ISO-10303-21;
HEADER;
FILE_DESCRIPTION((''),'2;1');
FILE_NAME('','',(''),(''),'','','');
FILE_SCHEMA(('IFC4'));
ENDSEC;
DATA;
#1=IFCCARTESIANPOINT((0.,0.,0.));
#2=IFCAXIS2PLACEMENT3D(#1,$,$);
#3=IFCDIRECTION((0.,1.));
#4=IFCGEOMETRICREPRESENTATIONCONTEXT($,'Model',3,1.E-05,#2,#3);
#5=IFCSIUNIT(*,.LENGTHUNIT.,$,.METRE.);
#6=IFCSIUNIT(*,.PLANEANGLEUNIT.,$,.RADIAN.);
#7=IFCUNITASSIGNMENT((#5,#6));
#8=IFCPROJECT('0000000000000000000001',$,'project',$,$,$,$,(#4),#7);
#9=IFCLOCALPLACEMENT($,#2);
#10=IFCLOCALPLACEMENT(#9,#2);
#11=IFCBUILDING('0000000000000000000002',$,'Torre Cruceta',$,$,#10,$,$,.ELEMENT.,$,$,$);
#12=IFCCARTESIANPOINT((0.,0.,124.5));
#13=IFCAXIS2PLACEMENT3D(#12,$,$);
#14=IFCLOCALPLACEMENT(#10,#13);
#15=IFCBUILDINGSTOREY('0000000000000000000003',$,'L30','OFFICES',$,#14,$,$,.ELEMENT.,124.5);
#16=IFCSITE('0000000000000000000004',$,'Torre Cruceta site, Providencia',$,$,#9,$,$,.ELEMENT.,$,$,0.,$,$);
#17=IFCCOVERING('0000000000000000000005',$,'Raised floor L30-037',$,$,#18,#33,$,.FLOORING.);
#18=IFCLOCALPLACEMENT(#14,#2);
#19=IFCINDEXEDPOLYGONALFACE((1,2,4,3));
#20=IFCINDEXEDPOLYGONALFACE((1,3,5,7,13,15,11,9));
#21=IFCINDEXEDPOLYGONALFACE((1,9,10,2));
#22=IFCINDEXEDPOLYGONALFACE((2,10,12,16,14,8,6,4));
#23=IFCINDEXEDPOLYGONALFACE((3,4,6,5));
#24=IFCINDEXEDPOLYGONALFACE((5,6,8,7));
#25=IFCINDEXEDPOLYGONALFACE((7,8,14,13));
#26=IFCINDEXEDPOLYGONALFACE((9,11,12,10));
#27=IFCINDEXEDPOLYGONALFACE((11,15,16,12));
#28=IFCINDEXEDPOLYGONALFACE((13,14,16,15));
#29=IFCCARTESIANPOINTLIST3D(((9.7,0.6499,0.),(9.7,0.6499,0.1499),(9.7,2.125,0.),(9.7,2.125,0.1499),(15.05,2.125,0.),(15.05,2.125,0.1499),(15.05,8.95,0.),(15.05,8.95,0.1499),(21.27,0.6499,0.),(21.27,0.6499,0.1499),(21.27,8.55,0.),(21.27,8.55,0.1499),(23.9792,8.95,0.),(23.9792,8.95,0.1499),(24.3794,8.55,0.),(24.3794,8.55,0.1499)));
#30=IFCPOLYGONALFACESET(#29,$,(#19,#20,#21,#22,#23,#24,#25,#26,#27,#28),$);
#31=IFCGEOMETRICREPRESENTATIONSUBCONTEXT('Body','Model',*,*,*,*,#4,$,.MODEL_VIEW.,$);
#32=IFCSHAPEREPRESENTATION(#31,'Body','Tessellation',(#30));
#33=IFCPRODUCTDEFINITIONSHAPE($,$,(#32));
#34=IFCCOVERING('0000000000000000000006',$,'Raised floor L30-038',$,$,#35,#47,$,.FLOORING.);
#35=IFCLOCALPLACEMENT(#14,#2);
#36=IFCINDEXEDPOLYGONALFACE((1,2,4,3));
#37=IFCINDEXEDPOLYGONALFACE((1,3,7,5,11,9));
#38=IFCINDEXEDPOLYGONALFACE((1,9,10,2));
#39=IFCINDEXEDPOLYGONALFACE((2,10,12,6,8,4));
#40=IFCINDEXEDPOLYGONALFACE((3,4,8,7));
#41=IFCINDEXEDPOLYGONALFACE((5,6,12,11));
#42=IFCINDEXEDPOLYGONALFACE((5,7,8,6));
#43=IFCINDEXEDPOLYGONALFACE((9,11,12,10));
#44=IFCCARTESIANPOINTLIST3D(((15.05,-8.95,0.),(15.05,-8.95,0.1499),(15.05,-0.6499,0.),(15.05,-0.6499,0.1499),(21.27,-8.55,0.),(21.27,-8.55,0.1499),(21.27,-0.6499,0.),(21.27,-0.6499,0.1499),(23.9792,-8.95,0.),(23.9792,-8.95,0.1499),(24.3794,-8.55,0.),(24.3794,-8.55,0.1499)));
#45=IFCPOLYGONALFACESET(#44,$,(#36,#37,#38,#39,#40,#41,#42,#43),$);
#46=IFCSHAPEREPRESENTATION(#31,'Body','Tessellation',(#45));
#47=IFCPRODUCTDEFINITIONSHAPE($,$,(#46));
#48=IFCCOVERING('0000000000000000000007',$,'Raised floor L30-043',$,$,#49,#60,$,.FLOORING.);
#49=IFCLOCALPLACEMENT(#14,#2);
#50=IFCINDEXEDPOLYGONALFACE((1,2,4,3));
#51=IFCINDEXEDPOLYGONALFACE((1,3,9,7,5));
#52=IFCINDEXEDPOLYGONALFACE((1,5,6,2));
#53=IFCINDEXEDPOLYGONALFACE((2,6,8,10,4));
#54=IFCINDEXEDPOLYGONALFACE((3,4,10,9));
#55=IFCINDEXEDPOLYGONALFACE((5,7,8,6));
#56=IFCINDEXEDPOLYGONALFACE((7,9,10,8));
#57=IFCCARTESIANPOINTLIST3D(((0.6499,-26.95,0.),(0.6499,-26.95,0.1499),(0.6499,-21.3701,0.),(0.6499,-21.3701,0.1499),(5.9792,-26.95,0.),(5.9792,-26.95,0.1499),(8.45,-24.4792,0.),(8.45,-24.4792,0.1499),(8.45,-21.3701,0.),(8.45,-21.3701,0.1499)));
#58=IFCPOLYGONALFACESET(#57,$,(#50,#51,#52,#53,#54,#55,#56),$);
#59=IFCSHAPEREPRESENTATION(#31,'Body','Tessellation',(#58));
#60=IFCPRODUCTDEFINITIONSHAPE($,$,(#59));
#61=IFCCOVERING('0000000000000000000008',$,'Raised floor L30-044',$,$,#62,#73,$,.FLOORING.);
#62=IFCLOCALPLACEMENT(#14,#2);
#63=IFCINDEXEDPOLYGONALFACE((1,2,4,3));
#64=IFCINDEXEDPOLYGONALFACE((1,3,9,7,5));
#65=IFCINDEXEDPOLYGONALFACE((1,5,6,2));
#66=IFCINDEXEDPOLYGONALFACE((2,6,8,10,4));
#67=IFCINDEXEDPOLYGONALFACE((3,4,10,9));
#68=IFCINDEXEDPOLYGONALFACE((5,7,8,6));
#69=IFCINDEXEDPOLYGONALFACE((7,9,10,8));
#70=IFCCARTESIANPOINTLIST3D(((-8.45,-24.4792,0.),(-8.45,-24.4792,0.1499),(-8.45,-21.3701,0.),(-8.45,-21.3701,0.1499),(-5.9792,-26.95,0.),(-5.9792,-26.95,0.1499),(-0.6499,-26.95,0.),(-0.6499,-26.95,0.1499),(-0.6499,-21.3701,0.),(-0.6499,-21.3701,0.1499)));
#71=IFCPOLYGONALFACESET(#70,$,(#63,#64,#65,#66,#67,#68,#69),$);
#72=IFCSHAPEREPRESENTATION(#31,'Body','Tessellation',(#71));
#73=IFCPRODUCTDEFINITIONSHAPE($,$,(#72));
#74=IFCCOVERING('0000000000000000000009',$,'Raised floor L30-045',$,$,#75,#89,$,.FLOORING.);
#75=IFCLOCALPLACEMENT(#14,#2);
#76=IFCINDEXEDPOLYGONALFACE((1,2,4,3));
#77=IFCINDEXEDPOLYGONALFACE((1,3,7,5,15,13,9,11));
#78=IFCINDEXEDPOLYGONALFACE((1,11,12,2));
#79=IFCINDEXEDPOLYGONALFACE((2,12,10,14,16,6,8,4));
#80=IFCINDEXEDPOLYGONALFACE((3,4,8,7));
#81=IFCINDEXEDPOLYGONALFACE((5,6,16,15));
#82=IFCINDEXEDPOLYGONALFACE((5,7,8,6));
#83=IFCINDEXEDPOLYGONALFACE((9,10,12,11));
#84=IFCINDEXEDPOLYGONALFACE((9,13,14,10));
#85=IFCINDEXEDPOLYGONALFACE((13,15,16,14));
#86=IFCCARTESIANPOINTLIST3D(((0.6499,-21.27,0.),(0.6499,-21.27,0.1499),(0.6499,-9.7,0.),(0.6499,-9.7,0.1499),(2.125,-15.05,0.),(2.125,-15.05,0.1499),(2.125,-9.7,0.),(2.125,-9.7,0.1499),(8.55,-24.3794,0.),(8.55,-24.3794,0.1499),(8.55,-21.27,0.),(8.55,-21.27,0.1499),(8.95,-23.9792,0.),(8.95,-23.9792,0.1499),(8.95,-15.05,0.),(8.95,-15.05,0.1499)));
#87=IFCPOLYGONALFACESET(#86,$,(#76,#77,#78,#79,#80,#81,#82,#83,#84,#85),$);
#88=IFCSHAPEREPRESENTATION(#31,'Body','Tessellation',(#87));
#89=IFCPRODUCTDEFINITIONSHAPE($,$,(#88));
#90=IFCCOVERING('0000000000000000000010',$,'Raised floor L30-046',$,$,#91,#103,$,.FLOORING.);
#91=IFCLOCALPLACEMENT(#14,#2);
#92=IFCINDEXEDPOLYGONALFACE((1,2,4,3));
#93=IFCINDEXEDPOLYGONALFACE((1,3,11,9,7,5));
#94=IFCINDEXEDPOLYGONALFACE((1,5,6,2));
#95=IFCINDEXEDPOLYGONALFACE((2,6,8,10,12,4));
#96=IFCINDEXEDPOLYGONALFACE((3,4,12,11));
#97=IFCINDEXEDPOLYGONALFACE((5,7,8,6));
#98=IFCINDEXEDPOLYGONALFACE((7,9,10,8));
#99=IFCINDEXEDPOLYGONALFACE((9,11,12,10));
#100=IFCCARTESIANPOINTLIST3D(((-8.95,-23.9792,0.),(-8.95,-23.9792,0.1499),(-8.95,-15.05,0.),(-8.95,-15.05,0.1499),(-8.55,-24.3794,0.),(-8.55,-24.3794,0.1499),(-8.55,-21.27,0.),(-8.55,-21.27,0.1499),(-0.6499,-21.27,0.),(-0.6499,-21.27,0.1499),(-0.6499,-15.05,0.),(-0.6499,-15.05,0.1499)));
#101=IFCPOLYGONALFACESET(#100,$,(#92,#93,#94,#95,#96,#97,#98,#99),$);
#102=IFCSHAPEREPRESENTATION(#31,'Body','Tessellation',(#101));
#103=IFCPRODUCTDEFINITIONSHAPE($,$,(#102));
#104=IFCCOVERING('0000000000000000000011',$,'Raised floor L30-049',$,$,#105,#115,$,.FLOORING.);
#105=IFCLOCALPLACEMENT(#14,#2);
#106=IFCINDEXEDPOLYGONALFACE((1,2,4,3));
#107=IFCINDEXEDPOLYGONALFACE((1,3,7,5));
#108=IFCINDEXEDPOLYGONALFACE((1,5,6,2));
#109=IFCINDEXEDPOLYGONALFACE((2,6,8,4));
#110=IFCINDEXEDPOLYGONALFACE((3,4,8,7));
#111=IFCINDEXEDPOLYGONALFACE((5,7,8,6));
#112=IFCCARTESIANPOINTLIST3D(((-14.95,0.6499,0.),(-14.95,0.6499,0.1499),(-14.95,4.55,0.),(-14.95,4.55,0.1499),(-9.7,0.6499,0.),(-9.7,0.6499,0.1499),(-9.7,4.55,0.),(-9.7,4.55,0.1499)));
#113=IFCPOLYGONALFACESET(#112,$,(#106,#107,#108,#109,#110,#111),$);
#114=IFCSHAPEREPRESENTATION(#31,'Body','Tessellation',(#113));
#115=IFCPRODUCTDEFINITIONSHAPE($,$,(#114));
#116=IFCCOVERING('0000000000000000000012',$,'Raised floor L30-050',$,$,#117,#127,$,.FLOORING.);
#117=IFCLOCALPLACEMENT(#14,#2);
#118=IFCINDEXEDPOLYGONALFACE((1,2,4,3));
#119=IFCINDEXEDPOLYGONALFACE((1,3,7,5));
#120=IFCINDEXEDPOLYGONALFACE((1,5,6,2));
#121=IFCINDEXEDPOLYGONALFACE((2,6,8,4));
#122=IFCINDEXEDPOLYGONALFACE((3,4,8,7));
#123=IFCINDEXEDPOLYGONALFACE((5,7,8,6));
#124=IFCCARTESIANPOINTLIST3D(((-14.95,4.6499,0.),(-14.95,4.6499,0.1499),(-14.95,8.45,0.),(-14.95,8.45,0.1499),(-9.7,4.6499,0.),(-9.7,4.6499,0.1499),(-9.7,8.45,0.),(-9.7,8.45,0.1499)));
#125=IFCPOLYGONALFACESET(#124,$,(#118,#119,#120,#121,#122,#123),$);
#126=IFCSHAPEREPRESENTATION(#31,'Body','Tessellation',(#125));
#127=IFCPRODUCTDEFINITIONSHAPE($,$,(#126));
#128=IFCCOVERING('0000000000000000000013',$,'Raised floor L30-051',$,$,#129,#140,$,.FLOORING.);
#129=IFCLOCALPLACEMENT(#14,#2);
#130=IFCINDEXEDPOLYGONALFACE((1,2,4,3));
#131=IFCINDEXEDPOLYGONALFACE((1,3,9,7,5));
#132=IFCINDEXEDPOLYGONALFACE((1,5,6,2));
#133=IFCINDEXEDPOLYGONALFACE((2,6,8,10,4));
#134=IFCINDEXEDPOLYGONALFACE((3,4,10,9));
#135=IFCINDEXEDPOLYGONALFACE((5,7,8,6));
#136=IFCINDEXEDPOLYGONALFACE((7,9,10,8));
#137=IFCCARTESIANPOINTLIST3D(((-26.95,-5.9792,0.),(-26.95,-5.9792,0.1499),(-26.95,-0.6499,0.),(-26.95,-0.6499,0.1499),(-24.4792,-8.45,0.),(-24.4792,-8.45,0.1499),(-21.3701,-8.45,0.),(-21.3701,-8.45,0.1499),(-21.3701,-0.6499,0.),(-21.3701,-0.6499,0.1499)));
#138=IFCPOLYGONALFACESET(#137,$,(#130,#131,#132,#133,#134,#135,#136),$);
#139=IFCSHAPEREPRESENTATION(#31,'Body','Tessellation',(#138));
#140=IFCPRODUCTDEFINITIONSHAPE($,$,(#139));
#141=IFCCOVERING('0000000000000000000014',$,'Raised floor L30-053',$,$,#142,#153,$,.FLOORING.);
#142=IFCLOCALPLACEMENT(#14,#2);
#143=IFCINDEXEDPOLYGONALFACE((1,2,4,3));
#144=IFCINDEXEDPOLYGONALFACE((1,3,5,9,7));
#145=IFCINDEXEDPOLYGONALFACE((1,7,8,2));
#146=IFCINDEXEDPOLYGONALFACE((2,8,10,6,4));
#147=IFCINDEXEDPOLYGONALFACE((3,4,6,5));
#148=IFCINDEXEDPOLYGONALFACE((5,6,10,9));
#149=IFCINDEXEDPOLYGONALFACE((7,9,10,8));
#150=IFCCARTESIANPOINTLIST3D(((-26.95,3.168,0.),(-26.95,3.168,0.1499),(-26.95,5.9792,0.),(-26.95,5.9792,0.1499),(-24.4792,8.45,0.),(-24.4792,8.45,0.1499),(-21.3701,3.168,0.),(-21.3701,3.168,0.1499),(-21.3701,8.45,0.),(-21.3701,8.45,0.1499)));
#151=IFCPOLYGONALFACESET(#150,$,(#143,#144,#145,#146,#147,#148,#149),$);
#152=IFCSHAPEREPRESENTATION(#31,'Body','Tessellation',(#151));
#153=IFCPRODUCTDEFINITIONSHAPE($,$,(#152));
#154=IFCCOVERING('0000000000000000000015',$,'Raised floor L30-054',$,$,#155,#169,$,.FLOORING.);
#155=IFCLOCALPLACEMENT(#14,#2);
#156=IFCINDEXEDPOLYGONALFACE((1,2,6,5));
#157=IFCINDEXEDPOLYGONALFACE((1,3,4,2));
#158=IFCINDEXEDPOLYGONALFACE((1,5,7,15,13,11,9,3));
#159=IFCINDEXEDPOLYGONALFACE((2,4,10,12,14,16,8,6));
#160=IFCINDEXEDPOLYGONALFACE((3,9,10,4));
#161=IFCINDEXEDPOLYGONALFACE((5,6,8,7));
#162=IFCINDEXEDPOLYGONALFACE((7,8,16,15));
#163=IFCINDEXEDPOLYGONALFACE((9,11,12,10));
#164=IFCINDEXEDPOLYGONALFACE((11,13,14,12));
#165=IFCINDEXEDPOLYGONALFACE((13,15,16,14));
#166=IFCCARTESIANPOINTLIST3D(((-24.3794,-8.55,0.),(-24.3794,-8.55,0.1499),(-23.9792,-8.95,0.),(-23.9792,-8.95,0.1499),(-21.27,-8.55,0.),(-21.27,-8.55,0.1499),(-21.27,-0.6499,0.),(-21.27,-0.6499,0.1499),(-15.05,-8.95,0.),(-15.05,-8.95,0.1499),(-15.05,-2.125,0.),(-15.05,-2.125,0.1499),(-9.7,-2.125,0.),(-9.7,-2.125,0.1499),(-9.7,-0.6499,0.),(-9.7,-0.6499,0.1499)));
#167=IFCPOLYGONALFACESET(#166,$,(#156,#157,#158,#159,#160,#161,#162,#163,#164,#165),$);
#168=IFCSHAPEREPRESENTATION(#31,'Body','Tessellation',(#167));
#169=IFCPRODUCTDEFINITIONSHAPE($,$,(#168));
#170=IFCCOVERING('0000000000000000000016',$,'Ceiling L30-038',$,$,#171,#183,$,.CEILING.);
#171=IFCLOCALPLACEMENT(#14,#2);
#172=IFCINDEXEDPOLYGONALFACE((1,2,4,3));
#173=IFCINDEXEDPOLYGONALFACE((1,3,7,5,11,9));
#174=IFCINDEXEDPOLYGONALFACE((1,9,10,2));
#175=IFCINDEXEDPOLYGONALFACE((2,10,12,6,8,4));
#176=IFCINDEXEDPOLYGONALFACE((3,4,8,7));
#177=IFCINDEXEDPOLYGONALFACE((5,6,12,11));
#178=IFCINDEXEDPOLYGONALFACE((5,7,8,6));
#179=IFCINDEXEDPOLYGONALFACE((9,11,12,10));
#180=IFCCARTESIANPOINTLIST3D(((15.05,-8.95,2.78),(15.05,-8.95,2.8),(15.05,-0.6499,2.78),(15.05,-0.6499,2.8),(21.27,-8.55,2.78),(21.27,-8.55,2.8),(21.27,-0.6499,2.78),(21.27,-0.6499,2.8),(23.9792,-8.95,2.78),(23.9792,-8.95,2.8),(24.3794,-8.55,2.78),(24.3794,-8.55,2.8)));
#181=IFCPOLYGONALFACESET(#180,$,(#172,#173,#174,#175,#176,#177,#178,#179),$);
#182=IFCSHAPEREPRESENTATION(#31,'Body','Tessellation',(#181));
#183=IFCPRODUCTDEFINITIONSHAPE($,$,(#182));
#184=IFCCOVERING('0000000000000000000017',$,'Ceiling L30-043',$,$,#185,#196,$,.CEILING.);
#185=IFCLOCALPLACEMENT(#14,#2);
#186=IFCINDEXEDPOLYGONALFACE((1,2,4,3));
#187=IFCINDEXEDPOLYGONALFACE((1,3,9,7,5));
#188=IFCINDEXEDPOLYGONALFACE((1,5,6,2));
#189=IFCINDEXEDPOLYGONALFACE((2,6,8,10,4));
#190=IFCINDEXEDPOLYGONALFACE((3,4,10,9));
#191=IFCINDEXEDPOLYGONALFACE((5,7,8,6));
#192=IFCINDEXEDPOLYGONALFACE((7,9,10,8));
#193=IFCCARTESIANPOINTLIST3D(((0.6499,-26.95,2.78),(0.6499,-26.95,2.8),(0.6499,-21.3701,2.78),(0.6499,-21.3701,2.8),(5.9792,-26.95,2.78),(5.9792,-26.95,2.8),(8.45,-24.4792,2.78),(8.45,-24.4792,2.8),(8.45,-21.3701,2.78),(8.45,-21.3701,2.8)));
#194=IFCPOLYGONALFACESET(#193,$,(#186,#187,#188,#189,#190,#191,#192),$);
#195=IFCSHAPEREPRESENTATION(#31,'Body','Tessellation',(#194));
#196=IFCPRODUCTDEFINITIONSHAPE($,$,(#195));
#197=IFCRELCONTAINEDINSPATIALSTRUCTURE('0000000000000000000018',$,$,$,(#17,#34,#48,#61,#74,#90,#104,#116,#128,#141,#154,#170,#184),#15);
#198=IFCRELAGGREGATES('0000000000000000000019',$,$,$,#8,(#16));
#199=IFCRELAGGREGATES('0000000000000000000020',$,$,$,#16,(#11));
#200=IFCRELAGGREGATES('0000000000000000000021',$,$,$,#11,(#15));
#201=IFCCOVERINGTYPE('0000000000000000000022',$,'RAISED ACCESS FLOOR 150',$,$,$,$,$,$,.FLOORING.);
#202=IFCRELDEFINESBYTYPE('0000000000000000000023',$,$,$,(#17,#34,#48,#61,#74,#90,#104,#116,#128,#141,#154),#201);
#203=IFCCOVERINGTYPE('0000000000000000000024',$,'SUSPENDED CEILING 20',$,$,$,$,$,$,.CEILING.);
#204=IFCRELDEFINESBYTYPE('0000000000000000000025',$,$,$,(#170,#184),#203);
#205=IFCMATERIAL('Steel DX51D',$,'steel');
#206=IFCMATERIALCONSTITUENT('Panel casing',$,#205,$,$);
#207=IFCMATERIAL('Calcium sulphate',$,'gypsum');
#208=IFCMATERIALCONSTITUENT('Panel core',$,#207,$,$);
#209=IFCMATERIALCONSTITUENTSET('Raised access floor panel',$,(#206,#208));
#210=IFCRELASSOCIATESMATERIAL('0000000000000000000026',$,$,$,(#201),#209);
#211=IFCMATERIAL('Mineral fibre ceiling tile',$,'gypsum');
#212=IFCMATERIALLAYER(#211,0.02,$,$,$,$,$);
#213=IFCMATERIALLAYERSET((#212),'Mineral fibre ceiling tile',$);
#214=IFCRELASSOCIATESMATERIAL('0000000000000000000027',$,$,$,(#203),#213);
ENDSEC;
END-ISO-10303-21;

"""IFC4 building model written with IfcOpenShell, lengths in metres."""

from ifc_helpers import new_model, si_unit, direction, frame, origin, place, context, subcontext, project, spatial, polyline, outline, extrude, material, layer, layer_set, constituent, constituent_set, type_object, element, save


model = new_model("IFC4")

# Units and contexts
model_context = context("Model", 3, precision=1e-05, world=origin(), true_north=direction((0.0, 1.0)))
body_context = subcontext(model_context, "Body", "Model", "MODEL_VIEW")
ifc_project = project(units=[si_unit("LENGTHUNIT", "METRE"), si_unit("PLANEANGLEUNIT", "RADIAN")], contexts=[model_context])

# Site, building, storey
site_placement = place(None, origin())
site = spatial("IfcSite", under=ifc_project, at=site_placement, Name="Torre Cruceta site, Providencia", CompositionType="ELEMENT", RefElevation=0.0)
building_placement = place(site_placement, origin())
building = spatial("IfcBuilding", under=site, at=building_placement, Name="Torre Cruceta", CompositionType="ELEMENT")
storey_placement = place(building_placement, frame((0.0, 0.0, 124.5)))
storey = spatial("IfcBuildingStorey", under=building, at=storey_placement, Name="L30", Description="OFFICES", CompositionType="ELEMENT", Elevation=124.5)

# Coverings
ifc_material_1 = material(Name="Steel DX51D", Category="steel")
ifc_constituent_1 = constituent(ifc_material_1, Name="Panel casing")
ifc_material_2 = material(Name="Calcium sulphate", Category="gypsum")
ifc_constituent_2 = constituent(ifc_material_2, Name="Panel core")
ifc_constituent_set = constituent_set(constituents=[ifc_constituent_1, ifc_constituent_2], Name="Raised access floor panel")
covering_type_1 = type_object("IfcCoveringType", Name="RAISED ACCESS FLOOR 150", PredefinedType="FLOORING", material=ifc_constituent_set)
covering_1_placement = place(storey_placement, origin())
element("IfcCovering", 1, at=covering_1_placement, inside=storey, type_object=covering_type_1, Name="Raised floor L30-037", PredefinedType="FLOORING", context=body_context, shape_type="SweptSolid", body=[
    extrude(outline(polyline([(9.7, 2.125), (15.05, 2.125), (15.05, 8.95), (23.9792, 8.95), (24.3794, 8.55), (21.27, 8.55), (21.27, 0.6499), (9.7, 0.6499), (9.7, 2.125)])), origin(), (0.0, 0.0, 1.0), 0.1499),
])
covering_2_placement = place(storey_placement, origin())
element("IfcCovering", 2, at=covering_2_placement, inside=storey, type_object=covering_type_1, Name="Raised floor L30-038", PredefinedType="FLOORING", context=body_context, shape_type="SweptSolid", body=[
    extrude(outline(polyline([(15.05, -8.95), (15.05, -0.6499), (21.27, -0.6499), (21.27, -8.55), (24.3794, -8.55), (23.9792, -8.95), (15.05, -8.95)])), origin(), (0.0, 0.0, 1.0), 0.1499),
])
covering_3_placement = place(storey_placement, origin())
element("IfcCovering", 3, at=covering_3_placement, inside=storey, type_object=covering_type_1, Name="Raised floor L30-043", PredefinedType="FLOORING", context=body_context, shape_type="SweptSolid", body=[
    extrude(outline(polyline([(0.6499, -26.95), (0.6499, -21.3701), (8.45, -21.3701), (8.45, -24.4792), (5.9792, -26.95), (0.6499, -26.95)])), origin(), (0.0, 0.0, 1.0), 0.1499),
])
covering_4_placement = place(storey_placement, origin())
element("IfcCovering", 4, at=covering_4_placement, inside=storey, type_object=covering_type_1, Name="Raised floor L30-044", PredefinedType="FLOORING", context=body_context, shape_type="SweptSolid", body=[
    extrude(outline(polyline([(-8.45, -24.4792), (-8.45, -21.3701), (-0.6499, -21.3701), (-0.6499, -26.95), (-5.9792, -26.95), (-8.45, -24.4792)])), origin(), (0.0, 0.0, 1.0), 0.1499),
])
covering_5_placement = place(storey_placement, origin())
element("IfcCovering", 5, at=covering_5_placement, inside=storey, type_object=covering_type_1, Name="Raised floor L30-045", PredefinedType="FLOORING", context=body_context, shape_type="SweptSolid", body=[
    extrude(outline(polyline([(2.125, -9.7), (2.125, -15.05), (8.95, -15.05), (8.95, -23.9792), (8.55, -24.3794), (8.55, -21.27), (0.6499, -21.27), (0.6499, -9.7), (2.125, -9.7)])), origin(), (0.0, 0.0, 1.0), 0.1499),
])
covering_6_placement = place(storey_placement, origin())
element("IfcCovering", 6, at=covering_6_placement, inside=storey, type_object=covering_type_1, Name="Raised floor L30-046", PredefinedType="FLOORING", context=body_context, shape_type="SweptSolid", body=[
    extrude(outline(polyline([(-8.95, -15.05), (-0.6499, -15.05), (-0.6499, -21.27), (-8.55, -21.27), (-8.55, -24.3794), (-8.95, -23.9792), (-8.95, -15.05)])), origin(), (0.0, 0.0, 1.0), 0.1499),
])
covering_7_placement = place(storey_placement, origin())
element("IfcCovering", 7, at=covering_7_placement, inside=storey, type_object=covering_type_1, Name="Raised floor L30-049", PredefinedType="FLOORING", context=body_context, shape_type="SweptSolid", body=[
    extrude(outline(polyline([(-9.7, 4.55), (-9.7, 0.6499), (-14.95, 0.6499), (-14.95, 4.55), (-9.7, 4.55)])), origin(), (0.0, 0.0, 1.0), 0.1499),
])
covering_8_placement = place(storey_placement, origin())
element("IfcCovering", 8, at=covering_8_placement, inside=storey, type_object=covering_type_1, Name="Raised floor L30-050", PredefinedType="FLOORING", context=body_context, shape_type="SweptSolid", body=[
    extrude(outline(polyline([(-9.7, 8.45), (-9.7, 4.6499), (-14.95, 4.6499), (-14.95, 8.45), (-9.7, 8.45)])), origin(), (0.0, 0.0, 1.0), 0.1499),
])
covering_9_placement = place(storey_placement, origin())
element("IfcCovering", 9, at=covering_9_placement, inside=storey, type_object=covering_type_1, Name="Raised floor L30-051", PredefinedType="FLOORING", context=body_context, shape_type="SweptSolid", body=[
    extrude(outline(polyline([(-26.95, -0.6499), (-21.3701, -0.6499), (-21.3701, -8.45), (-24.4792, -8.45), (-26.95, -5.9792), (-26.95, -0.6499)])), origin(), (0.0, 0.0, 1.0), 0.1499),
])
covering_10_placement = place(storey_placement, origin())
element("IfcCovering", 10, at=covering_10_placement, inside=storey, type_object=covering_type_1, Name="Raised floor L30-053", PredefinedType="FLOORING", context=body_context, shape_type="SweptSolid", body=[
    extrude(outline(polyline([(-24.4792, 8.45), (-21.3701, 8.45), (-21.3701, 3.168), (-26.95, 3.168), (-26.95, 5.9792), (-24.4792, 8.45)])), origin(), (0.0, 0.0, 1.0), 0.1499),
])
covering_11_placement = place(storey_placement, origin())
element("IfcCovering", 11, at=covering_11_placement, inside=storey, type_object=covering_type_1, Name="Raised floor L30-054", PredefinedType="FLOORING", context=body_context, shape_type="SweptSolid", body=[
    extrude(outline(polyline([(-9.7, -2.125), (-15.05, -2.125), (-15.05, -8.95), (-23.9792, -8.95), (-24.3794, -8.55), (-21.27, -8.55), (-21.27, -0.6499), (-9.7, -0.6499), (-9.7, -2.125)])), origin(), (0.0, 0.0, 1.0), 0.1499),
])
ifc_material_3 = material(Name="Mineral fibre ceiling tile", Category="gypsum")
ifc_layer = layer(ifc_material_3, 0.02)
ifc_layer_set = layer_set([ifc_layer], Name="Mineral fibre ceiling tile")
covering_type_2 = type_object("IfcCoveringType", Name="SUSPENDED CEILING 20", PredefinedType="CEILING", material=ifc_layer_set)
covering_12_placement = place(storey_placement, frame((0.0, 0.0, 2.78)))
element("IfcCovering", 12, at=covering_12_placement, inside=storey, type_object=covering_type_2, Name="Ceiling L30-038", PredefinedType="CEILING", context=body_context, shape_type="SweptSolid", body=[
    extrude(outline(polyline([(15.05, -8.95), (15.05, -0.6499), (21.27, -0.6499), (21.27, -8.55), (24.3794, -8.55), (23.9792, -8.95), (15.05, -8.95)])), origin(), (0.0, 0.0, 1.0), 0.02),
])
covering_13_placement = place(storey_placement, frame((0.0, 0.0, 2.78)))
element("IfcCovering", 13, at=covering_13_placement, inside=storey, type_object=covering_type_2, Name="Ceiling L30-043", PredefinedType="CEILING", context=body_context, shape_type="SweptSolid", body=[
    extrude(outline(polyline([(0.6499, -26.95), (0.6499, -21.3701), (8.45, -21.3701), (8.45, -24.4792), (5.9792, -26.95), (0.6499, -26.95)])), origin(), (0.0, 0.0, 1.0), 0.02),
])

save(model, "model.ifc")
